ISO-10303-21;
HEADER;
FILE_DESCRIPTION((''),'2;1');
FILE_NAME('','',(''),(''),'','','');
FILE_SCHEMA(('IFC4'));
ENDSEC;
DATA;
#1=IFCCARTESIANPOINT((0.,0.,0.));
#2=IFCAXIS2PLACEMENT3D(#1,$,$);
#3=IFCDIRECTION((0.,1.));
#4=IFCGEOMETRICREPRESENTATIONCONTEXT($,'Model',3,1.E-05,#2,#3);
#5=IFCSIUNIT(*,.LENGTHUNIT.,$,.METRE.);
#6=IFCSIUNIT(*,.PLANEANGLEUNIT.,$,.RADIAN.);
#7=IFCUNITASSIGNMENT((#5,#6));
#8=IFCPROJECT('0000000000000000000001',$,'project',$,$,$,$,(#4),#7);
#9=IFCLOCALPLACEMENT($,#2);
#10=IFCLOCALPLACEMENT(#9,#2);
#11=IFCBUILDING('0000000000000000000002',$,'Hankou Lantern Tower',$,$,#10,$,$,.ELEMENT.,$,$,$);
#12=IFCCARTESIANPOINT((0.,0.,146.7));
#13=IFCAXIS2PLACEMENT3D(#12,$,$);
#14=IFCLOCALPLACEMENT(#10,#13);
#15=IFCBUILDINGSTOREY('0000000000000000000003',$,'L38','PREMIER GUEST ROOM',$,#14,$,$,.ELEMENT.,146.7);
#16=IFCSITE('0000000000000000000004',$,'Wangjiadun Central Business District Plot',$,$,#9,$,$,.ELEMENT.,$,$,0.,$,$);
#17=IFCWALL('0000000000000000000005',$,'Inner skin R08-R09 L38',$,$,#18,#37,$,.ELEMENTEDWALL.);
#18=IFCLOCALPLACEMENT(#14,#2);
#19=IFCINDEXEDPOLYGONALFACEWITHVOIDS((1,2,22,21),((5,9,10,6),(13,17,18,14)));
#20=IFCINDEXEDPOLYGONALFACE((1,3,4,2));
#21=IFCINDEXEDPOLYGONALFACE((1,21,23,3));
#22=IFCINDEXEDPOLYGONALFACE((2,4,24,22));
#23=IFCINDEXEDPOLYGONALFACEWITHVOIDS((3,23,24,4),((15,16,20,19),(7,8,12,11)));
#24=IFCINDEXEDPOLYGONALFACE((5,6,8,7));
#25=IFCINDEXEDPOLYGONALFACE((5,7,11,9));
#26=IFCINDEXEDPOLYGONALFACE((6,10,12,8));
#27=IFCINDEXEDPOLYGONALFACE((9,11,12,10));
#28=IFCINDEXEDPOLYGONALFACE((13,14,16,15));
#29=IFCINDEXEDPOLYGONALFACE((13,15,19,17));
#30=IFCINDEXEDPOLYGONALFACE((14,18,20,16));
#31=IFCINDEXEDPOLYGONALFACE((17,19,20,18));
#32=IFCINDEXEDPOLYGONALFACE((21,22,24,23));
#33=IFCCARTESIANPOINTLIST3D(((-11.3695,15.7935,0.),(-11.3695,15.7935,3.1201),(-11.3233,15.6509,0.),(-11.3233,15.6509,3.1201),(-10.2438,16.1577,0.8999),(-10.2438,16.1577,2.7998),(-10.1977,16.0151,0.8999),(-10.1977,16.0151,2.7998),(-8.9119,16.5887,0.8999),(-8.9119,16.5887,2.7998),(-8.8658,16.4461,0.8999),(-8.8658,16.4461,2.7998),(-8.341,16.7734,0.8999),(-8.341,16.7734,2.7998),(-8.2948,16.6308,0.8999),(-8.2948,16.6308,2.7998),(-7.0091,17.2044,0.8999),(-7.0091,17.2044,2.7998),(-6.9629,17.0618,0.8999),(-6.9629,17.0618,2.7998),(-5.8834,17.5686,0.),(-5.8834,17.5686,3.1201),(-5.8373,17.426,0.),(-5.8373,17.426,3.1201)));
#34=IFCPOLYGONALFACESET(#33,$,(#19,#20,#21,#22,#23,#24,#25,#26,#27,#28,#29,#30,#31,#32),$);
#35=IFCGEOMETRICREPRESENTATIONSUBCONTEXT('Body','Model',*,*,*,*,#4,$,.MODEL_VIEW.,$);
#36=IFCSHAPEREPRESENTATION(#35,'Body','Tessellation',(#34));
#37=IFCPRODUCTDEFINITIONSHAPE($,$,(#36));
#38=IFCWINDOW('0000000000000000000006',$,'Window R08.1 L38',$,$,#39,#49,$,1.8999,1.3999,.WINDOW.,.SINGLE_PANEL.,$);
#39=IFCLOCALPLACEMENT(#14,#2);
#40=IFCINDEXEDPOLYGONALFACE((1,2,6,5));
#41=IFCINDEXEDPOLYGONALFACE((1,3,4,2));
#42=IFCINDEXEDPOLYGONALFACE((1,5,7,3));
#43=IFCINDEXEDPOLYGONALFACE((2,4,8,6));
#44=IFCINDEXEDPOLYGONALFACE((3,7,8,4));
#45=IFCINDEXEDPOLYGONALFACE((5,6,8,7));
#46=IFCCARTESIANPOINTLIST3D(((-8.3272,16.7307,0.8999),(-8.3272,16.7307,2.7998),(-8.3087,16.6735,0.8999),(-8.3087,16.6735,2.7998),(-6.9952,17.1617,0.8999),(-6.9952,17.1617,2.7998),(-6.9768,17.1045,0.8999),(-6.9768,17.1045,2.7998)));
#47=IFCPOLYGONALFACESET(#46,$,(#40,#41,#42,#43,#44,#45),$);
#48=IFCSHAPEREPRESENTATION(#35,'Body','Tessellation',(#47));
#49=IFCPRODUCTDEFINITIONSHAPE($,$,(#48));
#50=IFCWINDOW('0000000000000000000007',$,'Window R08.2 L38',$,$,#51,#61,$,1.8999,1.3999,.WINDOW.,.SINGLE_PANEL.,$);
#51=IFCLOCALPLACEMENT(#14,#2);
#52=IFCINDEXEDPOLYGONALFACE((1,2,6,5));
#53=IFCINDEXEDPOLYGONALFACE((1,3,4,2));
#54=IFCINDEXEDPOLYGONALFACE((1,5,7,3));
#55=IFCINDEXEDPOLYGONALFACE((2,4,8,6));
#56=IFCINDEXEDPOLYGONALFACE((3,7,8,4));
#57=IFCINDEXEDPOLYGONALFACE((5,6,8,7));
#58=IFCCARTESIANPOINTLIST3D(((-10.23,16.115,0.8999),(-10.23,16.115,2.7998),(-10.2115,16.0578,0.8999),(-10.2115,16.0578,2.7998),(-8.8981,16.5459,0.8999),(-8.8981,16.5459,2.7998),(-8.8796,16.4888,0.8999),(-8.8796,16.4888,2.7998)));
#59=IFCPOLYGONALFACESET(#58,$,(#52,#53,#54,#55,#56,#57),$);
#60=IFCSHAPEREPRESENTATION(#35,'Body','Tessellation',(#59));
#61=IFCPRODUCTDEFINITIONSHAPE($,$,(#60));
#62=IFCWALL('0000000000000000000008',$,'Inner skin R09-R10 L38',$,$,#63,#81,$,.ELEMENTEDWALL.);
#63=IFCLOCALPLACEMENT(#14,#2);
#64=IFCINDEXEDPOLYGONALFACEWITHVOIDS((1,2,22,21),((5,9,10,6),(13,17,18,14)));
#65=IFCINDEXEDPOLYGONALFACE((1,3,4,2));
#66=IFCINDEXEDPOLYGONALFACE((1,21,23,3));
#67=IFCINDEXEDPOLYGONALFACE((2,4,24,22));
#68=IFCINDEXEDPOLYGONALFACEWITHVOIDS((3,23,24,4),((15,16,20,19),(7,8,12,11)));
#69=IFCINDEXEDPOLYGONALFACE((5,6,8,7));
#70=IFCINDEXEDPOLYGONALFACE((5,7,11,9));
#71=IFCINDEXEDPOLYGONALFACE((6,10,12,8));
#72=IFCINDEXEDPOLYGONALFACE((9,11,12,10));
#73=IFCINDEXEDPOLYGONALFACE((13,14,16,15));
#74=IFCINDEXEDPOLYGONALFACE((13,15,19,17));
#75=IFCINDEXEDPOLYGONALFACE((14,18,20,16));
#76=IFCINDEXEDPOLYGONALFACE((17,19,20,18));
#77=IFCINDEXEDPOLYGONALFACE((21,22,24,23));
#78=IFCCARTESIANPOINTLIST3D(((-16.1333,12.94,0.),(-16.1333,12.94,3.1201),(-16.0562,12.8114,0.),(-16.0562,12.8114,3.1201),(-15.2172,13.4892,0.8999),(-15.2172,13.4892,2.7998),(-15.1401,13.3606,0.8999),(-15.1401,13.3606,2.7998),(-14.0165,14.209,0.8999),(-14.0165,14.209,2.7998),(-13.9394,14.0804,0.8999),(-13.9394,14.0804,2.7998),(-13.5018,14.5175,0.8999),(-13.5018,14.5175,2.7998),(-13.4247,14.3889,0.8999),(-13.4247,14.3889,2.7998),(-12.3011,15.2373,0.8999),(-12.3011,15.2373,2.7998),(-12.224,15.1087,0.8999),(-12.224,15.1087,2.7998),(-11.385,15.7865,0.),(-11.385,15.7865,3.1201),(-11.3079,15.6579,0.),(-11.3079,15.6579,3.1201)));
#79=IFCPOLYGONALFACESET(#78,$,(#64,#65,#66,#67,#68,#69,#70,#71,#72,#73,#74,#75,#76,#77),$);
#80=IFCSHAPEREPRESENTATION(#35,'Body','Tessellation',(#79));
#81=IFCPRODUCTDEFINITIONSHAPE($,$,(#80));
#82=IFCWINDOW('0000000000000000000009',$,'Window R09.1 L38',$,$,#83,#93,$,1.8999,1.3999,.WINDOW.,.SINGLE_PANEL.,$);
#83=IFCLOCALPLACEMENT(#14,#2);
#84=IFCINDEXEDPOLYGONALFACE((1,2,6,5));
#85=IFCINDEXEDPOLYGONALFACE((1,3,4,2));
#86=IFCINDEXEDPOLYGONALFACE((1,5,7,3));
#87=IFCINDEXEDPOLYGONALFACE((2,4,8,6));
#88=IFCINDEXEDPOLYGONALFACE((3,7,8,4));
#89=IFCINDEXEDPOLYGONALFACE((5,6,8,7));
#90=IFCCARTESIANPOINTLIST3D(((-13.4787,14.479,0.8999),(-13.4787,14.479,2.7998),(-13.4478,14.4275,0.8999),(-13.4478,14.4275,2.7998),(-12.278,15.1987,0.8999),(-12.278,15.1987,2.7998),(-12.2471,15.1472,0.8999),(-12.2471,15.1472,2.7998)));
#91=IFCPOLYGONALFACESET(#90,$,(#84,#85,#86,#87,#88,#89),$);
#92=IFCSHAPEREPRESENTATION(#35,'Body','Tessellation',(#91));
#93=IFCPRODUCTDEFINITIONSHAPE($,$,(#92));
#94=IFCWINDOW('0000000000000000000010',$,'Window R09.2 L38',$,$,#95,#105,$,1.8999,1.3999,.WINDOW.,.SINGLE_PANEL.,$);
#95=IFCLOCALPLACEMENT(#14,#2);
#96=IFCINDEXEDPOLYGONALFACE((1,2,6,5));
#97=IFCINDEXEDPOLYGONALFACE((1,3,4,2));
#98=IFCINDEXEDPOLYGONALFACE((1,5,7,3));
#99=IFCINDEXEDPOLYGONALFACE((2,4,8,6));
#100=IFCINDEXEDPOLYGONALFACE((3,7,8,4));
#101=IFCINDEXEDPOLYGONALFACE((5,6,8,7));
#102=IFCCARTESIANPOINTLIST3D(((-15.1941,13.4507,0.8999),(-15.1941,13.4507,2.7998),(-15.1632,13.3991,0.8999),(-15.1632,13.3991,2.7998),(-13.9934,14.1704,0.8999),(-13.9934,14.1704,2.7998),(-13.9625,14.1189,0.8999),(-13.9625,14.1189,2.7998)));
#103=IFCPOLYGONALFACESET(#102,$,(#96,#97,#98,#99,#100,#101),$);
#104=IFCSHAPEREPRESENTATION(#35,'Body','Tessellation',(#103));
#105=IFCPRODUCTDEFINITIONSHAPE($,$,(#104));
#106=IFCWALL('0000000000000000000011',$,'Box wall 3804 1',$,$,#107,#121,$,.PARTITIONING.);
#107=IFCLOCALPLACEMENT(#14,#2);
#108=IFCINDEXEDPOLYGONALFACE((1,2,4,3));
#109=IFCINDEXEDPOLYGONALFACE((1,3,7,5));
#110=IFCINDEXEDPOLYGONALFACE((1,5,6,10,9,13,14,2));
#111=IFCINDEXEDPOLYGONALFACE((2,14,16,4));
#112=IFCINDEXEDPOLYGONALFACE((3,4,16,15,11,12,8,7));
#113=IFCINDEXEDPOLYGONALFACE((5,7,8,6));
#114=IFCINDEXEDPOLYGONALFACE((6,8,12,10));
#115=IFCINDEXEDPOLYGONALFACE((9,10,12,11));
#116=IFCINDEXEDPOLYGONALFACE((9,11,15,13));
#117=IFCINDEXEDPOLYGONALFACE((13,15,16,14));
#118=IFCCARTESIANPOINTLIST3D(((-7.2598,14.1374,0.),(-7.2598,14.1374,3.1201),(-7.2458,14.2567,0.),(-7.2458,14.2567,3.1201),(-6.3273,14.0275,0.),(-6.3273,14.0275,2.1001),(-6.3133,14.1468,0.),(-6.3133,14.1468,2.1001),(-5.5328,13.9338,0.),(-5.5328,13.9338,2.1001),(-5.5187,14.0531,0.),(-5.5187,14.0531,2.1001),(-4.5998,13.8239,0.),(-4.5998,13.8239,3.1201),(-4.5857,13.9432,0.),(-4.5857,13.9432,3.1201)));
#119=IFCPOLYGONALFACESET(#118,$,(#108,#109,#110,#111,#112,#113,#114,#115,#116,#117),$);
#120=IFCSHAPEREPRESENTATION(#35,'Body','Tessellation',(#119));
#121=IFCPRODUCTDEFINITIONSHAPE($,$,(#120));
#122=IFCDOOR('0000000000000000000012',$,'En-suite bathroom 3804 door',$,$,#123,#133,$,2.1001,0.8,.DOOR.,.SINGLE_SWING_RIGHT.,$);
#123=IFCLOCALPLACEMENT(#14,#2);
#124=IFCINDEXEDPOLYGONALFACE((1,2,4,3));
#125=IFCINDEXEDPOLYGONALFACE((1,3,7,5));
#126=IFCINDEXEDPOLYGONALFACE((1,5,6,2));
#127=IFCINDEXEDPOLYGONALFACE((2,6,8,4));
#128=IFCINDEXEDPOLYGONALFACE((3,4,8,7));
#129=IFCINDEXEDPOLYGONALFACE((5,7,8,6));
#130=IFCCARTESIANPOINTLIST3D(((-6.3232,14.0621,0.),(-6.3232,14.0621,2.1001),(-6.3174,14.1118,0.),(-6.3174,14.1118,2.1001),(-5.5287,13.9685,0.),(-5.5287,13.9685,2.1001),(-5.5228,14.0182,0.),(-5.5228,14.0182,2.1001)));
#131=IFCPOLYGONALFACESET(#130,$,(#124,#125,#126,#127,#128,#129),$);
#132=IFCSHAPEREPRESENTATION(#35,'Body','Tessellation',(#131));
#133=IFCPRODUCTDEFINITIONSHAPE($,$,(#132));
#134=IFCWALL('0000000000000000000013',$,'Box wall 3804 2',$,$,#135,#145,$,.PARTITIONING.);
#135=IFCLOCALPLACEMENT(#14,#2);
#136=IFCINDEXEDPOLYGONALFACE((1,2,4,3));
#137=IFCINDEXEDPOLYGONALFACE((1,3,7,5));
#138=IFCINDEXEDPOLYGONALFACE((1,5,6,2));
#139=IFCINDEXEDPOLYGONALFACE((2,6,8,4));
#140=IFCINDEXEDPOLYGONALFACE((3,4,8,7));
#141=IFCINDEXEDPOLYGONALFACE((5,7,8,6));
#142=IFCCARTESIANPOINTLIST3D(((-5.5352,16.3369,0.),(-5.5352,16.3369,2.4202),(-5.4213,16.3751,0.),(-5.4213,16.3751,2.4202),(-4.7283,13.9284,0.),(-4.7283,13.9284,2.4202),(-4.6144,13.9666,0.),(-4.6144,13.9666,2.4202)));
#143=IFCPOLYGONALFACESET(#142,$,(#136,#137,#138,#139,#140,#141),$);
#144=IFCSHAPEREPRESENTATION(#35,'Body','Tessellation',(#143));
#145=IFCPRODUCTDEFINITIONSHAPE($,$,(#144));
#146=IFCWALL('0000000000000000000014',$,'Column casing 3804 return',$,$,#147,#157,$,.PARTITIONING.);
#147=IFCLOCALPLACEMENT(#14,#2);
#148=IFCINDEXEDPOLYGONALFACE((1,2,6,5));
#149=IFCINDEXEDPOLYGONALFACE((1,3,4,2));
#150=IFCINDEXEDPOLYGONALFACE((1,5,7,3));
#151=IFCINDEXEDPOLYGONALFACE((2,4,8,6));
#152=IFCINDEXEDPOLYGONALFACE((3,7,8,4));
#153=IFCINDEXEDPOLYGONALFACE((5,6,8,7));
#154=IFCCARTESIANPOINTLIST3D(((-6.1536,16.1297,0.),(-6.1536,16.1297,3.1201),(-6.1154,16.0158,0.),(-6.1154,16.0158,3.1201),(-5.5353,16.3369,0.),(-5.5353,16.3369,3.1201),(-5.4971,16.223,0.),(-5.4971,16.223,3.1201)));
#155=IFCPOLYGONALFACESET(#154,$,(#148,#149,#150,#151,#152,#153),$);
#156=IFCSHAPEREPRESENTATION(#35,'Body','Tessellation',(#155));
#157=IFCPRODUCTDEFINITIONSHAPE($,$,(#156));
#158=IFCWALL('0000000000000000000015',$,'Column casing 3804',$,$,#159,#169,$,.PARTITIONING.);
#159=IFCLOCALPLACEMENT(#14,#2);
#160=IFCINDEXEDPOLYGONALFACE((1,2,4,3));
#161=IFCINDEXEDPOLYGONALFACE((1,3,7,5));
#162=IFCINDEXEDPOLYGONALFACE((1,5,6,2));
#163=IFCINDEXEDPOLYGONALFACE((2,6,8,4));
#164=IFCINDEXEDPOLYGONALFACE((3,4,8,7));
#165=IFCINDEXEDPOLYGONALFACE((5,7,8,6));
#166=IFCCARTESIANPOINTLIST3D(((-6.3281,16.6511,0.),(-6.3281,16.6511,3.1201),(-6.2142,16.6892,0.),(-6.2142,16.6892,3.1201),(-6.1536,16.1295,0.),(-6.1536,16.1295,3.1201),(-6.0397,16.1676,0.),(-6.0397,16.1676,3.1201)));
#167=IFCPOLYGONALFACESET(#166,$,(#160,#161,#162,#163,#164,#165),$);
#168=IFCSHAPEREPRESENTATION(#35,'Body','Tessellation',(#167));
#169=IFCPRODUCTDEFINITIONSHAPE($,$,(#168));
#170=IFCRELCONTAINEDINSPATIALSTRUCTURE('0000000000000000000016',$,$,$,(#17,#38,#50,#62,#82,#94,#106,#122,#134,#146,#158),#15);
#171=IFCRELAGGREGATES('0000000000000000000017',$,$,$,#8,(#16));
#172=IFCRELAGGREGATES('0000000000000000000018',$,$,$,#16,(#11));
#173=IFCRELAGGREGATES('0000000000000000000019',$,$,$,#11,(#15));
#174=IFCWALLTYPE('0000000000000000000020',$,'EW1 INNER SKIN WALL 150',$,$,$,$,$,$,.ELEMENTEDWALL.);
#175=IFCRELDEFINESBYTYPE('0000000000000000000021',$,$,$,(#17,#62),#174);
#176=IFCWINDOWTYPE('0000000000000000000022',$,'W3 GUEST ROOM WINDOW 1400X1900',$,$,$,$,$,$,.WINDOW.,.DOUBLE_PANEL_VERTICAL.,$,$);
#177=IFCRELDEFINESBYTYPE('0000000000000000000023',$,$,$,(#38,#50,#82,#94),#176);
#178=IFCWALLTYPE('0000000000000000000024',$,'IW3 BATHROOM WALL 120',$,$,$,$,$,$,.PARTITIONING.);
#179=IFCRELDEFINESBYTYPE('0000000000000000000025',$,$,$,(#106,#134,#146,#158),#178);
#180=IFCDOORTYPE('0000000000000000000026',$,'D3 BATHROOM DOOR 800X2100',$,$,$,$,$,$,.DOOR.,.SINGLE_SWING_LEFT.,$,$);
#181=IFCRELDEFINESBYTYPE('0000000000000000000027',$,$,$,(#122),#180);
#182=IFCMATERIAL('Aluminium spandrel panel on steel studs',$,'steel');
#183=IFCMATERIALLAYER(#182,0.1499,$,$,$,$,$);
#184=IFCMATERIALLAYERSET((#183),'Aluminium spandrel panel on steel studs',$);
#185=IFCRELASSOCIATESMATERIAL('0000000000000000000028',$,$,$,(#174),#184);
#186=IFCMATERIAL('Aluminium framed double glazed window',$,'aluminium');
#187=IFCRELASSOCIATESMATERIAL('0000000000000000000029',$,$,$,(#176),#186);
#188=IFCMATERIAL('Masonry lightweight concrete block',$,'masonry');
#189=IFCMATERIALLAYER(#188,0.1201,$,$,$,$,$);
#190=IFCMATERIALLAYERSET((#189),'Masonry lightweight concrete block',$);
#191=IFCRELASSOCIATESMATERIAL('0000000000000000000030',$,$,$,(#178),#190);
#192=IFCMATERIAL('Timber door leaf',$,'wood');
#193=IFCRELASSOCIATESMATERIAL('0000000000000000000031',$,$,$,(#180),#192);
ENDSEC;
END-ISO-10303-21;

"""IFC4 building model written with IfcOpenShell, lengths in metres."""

from ifc_helpers import new_model, si_unit, direction, frame, frame_2d, origin, place, context, subcontext, project, spatial, rectangle, extrude, material, layer, layer_set, type_object, element, fill, save


model = new_model("IFC4")

# Units and contexts
model_context = context("Model", 3, precision=1e-05, world=origin(), true_north=direction((0.0, 1.0)))
body_context = subcontext(model_context, "Body", "Model", "MODEL_VIEW")
ifc_project = project(units=[si_unit("LENGTHUNIT", "METRE"), si_unit("PLANEANGLEUNIT", "RADIAN")], contexts=[model_context])

# Site, building, storey
site_placement = place(None, origin())
site = spatial("IfcSite", under=ifc_project, at=site_placement, Name="Wangjiadun Central Business District Plot", CompositionType="ELEMENT", RefElevation=0.0)
building_placement = place(site_placement, origin())
building = spatial("IfcBuilding", under=site, at=building_placement, Name="Hankou Lantern Tower", CompositionType="ELEMENT")
storey_placement = place(building_placement, frame((0.0, 0.0, 146.7)))
storey = spatial("IfcBuildingStorey", under=building, at=storey_placement, Name="L38", Description="PREMIER GUEST ROOM", CompositionType="ELEMENT", Elevation=146.7)

# Walls, openings, windows
ifc_material_1 = material(Name="Aluminium spandrel panel on steel studs", Category="steel")
ifc_layer_1 = layer(ifc_material_1, 0.1499)
ifc_layer_set_1 = layer_set([ifc_layer_1], Name="Aluminium spandrel panel on steel studs")
wall_type_1 = type_object("IfcWallType", Name="EW1 INNER SKIN WALL 150", PredefinedType="ELEMENTEDWALL", material=ifc_layer_set_1)
wall_1_placement = place(storey_placement, frame((-5.8604, 17.4973, 0.0), z_axis=(0.0, 0.0, 1.0), x_axis=(-0.951432, -0.307857, 0.0)))
wall_1 = element("IfcWall", 1, at=wall_1_placement, inside=storey, type_object=wall_type_1, Name="Inner skin R08-R09 L38", PredefinedType="ELEMENTEDWALL", context=body_context, shape_type="SweptSolid", body=[
    extrude(rectangle(XDim=5.7661, YDim=0.1499, at=frame_2d((2.8831, 0.0))), origin(), (0.0, 0.0, 1.0), 3.1201),
])
opening_1_placement = place(wall_1_placement, frame((1.1831, 0.0, 0.8999)))
opening_1 = element("IfcOpeningElement", 2, at=opening_1_placement, cuts=wall_1, PredefinedType="OPENING", context=body_context, shape_type="SweptSolid", body=[
    extrude(rectangle(XDim=1.3999, YDim=1.8999, at=frame_2d((0.7, 0.95))), frame((0.0, 0.085, 0.0), z_axis=(0.0, -1.0, 0.0), x_axis=(1.0, 0.0, 0.0)), (0.0, 0.0, 1.0), 0.1699),
])
opening_2_placement = place(wall_1_placement, frame((3.1831, 0.0, 0.8999)))
opening_2 = element("IfcOpeningElement", 3, at=opening_2_placement, cuts=wall_1, PredefinedType="OPENING", context=body_context, shape_type="SweptSolid", body=[
    extrude(rectangle(XDim=1.3999, YDim=1.8999, at=frame_2d((0.7, 0.95))), frame((0.0, 0.085, 0.0), z_axis=(0.0, -1.0, 0.0), x_axis=(1.0, 0.0, 0.0)), (0.0, 0.0, 1.0), 0.1699),
])
ifc_material_2 = material(Name="Aluminium framed double glazed window", Category="aluminium")
window_type = type_object("IfcWindowType", Name="W3 GUEST ROOM WINDOW 1400X1900", PartitioningType="DOUBLE_PANEL_VERTICAL", PredefinedType="WINDOW", material=ifc_material_2)
window_1_placement = place(opening_1_placement, origin())
window_1 = element("IfcWindow", 4, at=window_1_placement, inside=storey, type_object=window_type, Name="Window R08.1 L38", OverallHeight=1.8999, OverallWidth=1.3999, PartitioningType="SINGLE_PANEL", PredefinedType="WINDOW", context=body_context, shape_type="SweptSolid", body=[
    extrude(rectangle(XDim=1.3999, YDim=1.8999, at=frame_2d((0.7, 0.95))), frame((0.0, 0.03, 0.0), z_axis=(0.0, -1.0, 0.0), x_axis=(1.0, 0.0, 0.0)), (0.0, 0.0, 1.0), 0.0601),
])
fill(opening_1, window_1)
window_2_placement = place(opening_2_placement, origin())
window_2 = element("IfcWindow", 5, at=window_2_placement, inside=storey, type_object=window_type, Name="Window R08.2 L38", OverallHeight=1.8999, OverallWidth=1.3999, PartitioningType="SINGLE_PANEL", PredefinedType="WINDOW", context=body_context, shape_type="SweptSolid", body=[
    extrude(rectangle(XDim=1.3999, YDim=1.8999, at=frame_2d((0.7, 0.95))), frame((0.0, 0.03, 0.0), z_axis=(0.0, -1.0, 0.0), x_axis=(1.0, 0.0, 0.0)), (0.0, 0.0, 1.0), 0.0601),
])
fill(opening_2, window_2)
wall_2_placement = place(storey_placement, frame((-11.3464, 15.7222, 0.0), z_axis=(0.0, 0.0, 1.0), x_axis=(-0.857695, -0.514158, 0.0)))
wall_2 = element("IfcWall", 6, at=wall_2_placement, inside=storey, type_object=wall_type_1, Name="Inner skin R09-R10 L38", PredefinedType="ELEMENTEDWALL", context=body_context, shape_type="SweptSolid", body=[
    extrude(rectangle(XDim=5.5361, YDim=0.1499, at=frame_2d((2.7681, 0.0))), origin(), (0.0, 0.0, 1.0), 3.1201),
])
opening_3_placement = place(wall_2_placement, frame((1.0681, 0.0, 0.8999)))
opening_3 = element("IfcOpeningElement", 7, at=opening_3_placement, cuts=wall_2, PredefinedType="OPENING", context=body_context, shape_type="SweptSolid", body=[
    extrude(rectangle(XDim=1.3999, YDim=1.8999, at=frame_2d((0.7, 0.95))), frame((0.0, 0.085, 0.0), z_axis=(0.0, -1.0, 0.0), x_axis=(1.0, 0.0, 0.0)), (0.0, 0.0, 1.0), 0.1699),
])
opening_4_placement = place(wall_2_placement, frame((3.0681, 0.0, 0.8999)))
opening_4 = element("IfcOpeningElement", 8, at=opening_4_placement, cuts=wall_2, PredefinedType="OPENING", context=body_context, shape_type="SweptSolid", body=[
    extrude(rectangle(XDim=1.3999, YDim=1.8999, at=frame_2d((0.7, 0.95))), frame((0.0, 0.085, 0.0), z_axis=(0.0, -1.0, 0.0), x_axis=(1.0, 0.0, 0.0)), (0.0, 0.0, 1.0), 0.1699),
])
window_3_placement = place(opening_3_placement, origin())
window_3 = element("IfcWindow", 9, at=window_3_placement, inside=storey, type_object=window_type, Name="Window R09.1 L38", OverallHeight=1.8999, OverallWidth=1.3999, PartitioningType="SINGLE_PANEL", PredefinedType="WINDOW", context=body_context, shape_type="SweptSolid", body=[
    extrude(rectangle(XDim=1.3999, YDim=1.8999, at=frame_2d((0.7, 0.95))), frame((0.0, 0.03, 0.0), z_axis=(0.0, -1.0, 0.0), x_axis=(1.0, 0.0, 0.0)), (0.0, 0.0, 1.0), 0.0601),
])
fill(opening_3, window_3)
window_4_placement = place(opening_4_placement, origin())
window_4 = element("IfcWindow", 10, at=window_4_placement, inside=storey, type_object=window_type, Name="Window R09.2 L38", OverallHeight=1.8999, OverallWidth=1.3999, PartitioningType="SINGLE_PANEL", PredefinedType="WINDOW", context=body_context, shape_type="SweptSolid", body=[
    extrude(rectangle(XDim=1.3999, YDim=1.8999, at=frame_2d((0.7, 0.95))), frame((0.0, 0.03, 0.0), z_axis=(0.0, -1.0, 0.0), x_axis=(1.0, 0.0, 0.0)), (0.0, 0.0, 1.0), 0.0601),
])
fill(opening_4, window_4)

# Wall, opening, door
ifc_material_3 = material(Name="Masonry lightweight concrete block", Category="masonry")
ifc_layer_2 = layer(ifc_material_3, 0.1201)
ifc_layer_set_2 = layer_set([ifc_layer_2], Name="Masonry lightweight concrete block")
wall_type_2 = type_object("IfcWallType", Name="IW3 BATHROOM WALL 120", PredefinedType="PARTITIONING", material=ifc_layer_set_2)
wall_3_placement = place(storey_placement, frame((-7.2529, 14.197, 0.0), z_axis=(0.0, 0.0, 1.0), x_axis=(0.993128, -0.117032, 0.0)))
wall_3 = element("IfcWall", 11, at=wall_3_placement, inside=storey, type_object=wall_type_2, Name="Box wall 3804 1", PredefinedType="PARTITIONING", context=body_context, shape_type="SweptSolid", body=[
    extrude(rectangle(XDim=2.6785, YDim=0.1201, at=frame_2d((1.3394, 0.0))), origin(), (0.0, 0.0, 1.0), 3.1201),
])
opening_5_placement = place(wall_3_placement, frame((0.9392, 0.0, 0.0)))
opening_5 = element("IfcOpeningElement", 12, at=opening_5_placement, cuts=wall_3, PredefinedType="OPENING", context=body_context, shape_type="SweptSolid", body=[
    extrude(rectangle(XDim=0.8, YDim=2.1001, at=frame_2d((0.3999, 1.05))), frame((0.0, 0.0701, 0.0), z_axis=(0.0, -1.0, 0.0), x_axis=(1.0, 0.0, 0.0)), (0.0, 0.0, 1.0), 0.1401),
])
ifc_material_4 = material(Name="Timber door leaf", Category="wood")
door_type = type_object("IfcDoorType", Name="D3 BATHROOM DOOR 800X2100", OperationType="SINGLE_SWING_LEFT", PredefinedType="DOOR", material=ifc_material_4)
door_placement = place(opening_5_placement, origin())
door = element("IfcDoor", 13, at=door_placement, inside=storey, type_object=door_type, Name="En-suite bathroom 3804 door", OperationType="SINGLE_SWING_RIGHT", OverallHeight=2.1001, OverallWidth=0.8, PredefinedType="DOOR", context=body_context, shape_type="SweptSolid", body=[
    extrude(rectangle(XDim=0.8, YDim=2.1001, at=frame_2d((0.3999, 1.05))), frame((0.0, 0.0249, 0.0), z_axis=(0.0, -1.0, 0.0), x_axis=(1.0, 0.0, 0.0)), (0.0, 0.0, 1.0), 0.05),
])
fill(opening_5, door)

# Walls
wall_4_placement = place(storey_placement, frame((-4.6714, 13.9475, 0.0), z_axis=(0.0, 0.0, 1.0), x_axis=(-0.317669, 0.948202, 0.0)))
element("IfcWall", 14, at=wall_4_placement, inside=storey, type_object=wall_type_2, Name="Box wall 3804 2", PredefinedType="PARTITIONING", context=body_context, shape_type="SweptSolid", body=[
    extrude(rectangle(XDim=2.54, YDim=0.1201, at=frame_2d((1.27, 0.0))), origin(), (0.0, 0.0, 1.0), 2.4202),
])
wall_5_placement = place(storey_placement, frame((-5.5161, 16.28, 0.0), z_axis=(0.0, 0.0, 1.0), x_axis=(-0.948158, -0.317799, 0.0)))
element("IfcWall", 15, at=wall_5_placement, inside=storey, type_object=wall_type_2, Name="Column casing 3804 return", PredefinedType="PARTITIONING", context=body_context, shape_type="SweptSolid", body=[
    extrude(rectangle(XDim=0.6521, YDim=0.1201, at=frame_2d((0.3262, 0.0))), origin(), (0.0, 0.0, 1.0), 3.1201),
])
wall_6_placement = place(storey_placement, frame((-6.0967, 16.1487, 0.0), z_axis=(0.0, 0.0, 1.0), x_axis=(-0.317293, 0.948328, 0.0)))
element("IfcWall", 16, at=wall_6_placement, inside=storey, type_object=wall_type_2, Name="Column casing 3804", PredefinedType="PARTITIONING", context=body_context, shape_type="SweptSolid", body=[
    extrude(rectangle(XDim=0.55, YDim=0.1201, at=frame_2d((0.2749, 0.0))), origin(), (0.0, 0.0, 1.0), 3.1201),
])

save(model, "model.ifc")
